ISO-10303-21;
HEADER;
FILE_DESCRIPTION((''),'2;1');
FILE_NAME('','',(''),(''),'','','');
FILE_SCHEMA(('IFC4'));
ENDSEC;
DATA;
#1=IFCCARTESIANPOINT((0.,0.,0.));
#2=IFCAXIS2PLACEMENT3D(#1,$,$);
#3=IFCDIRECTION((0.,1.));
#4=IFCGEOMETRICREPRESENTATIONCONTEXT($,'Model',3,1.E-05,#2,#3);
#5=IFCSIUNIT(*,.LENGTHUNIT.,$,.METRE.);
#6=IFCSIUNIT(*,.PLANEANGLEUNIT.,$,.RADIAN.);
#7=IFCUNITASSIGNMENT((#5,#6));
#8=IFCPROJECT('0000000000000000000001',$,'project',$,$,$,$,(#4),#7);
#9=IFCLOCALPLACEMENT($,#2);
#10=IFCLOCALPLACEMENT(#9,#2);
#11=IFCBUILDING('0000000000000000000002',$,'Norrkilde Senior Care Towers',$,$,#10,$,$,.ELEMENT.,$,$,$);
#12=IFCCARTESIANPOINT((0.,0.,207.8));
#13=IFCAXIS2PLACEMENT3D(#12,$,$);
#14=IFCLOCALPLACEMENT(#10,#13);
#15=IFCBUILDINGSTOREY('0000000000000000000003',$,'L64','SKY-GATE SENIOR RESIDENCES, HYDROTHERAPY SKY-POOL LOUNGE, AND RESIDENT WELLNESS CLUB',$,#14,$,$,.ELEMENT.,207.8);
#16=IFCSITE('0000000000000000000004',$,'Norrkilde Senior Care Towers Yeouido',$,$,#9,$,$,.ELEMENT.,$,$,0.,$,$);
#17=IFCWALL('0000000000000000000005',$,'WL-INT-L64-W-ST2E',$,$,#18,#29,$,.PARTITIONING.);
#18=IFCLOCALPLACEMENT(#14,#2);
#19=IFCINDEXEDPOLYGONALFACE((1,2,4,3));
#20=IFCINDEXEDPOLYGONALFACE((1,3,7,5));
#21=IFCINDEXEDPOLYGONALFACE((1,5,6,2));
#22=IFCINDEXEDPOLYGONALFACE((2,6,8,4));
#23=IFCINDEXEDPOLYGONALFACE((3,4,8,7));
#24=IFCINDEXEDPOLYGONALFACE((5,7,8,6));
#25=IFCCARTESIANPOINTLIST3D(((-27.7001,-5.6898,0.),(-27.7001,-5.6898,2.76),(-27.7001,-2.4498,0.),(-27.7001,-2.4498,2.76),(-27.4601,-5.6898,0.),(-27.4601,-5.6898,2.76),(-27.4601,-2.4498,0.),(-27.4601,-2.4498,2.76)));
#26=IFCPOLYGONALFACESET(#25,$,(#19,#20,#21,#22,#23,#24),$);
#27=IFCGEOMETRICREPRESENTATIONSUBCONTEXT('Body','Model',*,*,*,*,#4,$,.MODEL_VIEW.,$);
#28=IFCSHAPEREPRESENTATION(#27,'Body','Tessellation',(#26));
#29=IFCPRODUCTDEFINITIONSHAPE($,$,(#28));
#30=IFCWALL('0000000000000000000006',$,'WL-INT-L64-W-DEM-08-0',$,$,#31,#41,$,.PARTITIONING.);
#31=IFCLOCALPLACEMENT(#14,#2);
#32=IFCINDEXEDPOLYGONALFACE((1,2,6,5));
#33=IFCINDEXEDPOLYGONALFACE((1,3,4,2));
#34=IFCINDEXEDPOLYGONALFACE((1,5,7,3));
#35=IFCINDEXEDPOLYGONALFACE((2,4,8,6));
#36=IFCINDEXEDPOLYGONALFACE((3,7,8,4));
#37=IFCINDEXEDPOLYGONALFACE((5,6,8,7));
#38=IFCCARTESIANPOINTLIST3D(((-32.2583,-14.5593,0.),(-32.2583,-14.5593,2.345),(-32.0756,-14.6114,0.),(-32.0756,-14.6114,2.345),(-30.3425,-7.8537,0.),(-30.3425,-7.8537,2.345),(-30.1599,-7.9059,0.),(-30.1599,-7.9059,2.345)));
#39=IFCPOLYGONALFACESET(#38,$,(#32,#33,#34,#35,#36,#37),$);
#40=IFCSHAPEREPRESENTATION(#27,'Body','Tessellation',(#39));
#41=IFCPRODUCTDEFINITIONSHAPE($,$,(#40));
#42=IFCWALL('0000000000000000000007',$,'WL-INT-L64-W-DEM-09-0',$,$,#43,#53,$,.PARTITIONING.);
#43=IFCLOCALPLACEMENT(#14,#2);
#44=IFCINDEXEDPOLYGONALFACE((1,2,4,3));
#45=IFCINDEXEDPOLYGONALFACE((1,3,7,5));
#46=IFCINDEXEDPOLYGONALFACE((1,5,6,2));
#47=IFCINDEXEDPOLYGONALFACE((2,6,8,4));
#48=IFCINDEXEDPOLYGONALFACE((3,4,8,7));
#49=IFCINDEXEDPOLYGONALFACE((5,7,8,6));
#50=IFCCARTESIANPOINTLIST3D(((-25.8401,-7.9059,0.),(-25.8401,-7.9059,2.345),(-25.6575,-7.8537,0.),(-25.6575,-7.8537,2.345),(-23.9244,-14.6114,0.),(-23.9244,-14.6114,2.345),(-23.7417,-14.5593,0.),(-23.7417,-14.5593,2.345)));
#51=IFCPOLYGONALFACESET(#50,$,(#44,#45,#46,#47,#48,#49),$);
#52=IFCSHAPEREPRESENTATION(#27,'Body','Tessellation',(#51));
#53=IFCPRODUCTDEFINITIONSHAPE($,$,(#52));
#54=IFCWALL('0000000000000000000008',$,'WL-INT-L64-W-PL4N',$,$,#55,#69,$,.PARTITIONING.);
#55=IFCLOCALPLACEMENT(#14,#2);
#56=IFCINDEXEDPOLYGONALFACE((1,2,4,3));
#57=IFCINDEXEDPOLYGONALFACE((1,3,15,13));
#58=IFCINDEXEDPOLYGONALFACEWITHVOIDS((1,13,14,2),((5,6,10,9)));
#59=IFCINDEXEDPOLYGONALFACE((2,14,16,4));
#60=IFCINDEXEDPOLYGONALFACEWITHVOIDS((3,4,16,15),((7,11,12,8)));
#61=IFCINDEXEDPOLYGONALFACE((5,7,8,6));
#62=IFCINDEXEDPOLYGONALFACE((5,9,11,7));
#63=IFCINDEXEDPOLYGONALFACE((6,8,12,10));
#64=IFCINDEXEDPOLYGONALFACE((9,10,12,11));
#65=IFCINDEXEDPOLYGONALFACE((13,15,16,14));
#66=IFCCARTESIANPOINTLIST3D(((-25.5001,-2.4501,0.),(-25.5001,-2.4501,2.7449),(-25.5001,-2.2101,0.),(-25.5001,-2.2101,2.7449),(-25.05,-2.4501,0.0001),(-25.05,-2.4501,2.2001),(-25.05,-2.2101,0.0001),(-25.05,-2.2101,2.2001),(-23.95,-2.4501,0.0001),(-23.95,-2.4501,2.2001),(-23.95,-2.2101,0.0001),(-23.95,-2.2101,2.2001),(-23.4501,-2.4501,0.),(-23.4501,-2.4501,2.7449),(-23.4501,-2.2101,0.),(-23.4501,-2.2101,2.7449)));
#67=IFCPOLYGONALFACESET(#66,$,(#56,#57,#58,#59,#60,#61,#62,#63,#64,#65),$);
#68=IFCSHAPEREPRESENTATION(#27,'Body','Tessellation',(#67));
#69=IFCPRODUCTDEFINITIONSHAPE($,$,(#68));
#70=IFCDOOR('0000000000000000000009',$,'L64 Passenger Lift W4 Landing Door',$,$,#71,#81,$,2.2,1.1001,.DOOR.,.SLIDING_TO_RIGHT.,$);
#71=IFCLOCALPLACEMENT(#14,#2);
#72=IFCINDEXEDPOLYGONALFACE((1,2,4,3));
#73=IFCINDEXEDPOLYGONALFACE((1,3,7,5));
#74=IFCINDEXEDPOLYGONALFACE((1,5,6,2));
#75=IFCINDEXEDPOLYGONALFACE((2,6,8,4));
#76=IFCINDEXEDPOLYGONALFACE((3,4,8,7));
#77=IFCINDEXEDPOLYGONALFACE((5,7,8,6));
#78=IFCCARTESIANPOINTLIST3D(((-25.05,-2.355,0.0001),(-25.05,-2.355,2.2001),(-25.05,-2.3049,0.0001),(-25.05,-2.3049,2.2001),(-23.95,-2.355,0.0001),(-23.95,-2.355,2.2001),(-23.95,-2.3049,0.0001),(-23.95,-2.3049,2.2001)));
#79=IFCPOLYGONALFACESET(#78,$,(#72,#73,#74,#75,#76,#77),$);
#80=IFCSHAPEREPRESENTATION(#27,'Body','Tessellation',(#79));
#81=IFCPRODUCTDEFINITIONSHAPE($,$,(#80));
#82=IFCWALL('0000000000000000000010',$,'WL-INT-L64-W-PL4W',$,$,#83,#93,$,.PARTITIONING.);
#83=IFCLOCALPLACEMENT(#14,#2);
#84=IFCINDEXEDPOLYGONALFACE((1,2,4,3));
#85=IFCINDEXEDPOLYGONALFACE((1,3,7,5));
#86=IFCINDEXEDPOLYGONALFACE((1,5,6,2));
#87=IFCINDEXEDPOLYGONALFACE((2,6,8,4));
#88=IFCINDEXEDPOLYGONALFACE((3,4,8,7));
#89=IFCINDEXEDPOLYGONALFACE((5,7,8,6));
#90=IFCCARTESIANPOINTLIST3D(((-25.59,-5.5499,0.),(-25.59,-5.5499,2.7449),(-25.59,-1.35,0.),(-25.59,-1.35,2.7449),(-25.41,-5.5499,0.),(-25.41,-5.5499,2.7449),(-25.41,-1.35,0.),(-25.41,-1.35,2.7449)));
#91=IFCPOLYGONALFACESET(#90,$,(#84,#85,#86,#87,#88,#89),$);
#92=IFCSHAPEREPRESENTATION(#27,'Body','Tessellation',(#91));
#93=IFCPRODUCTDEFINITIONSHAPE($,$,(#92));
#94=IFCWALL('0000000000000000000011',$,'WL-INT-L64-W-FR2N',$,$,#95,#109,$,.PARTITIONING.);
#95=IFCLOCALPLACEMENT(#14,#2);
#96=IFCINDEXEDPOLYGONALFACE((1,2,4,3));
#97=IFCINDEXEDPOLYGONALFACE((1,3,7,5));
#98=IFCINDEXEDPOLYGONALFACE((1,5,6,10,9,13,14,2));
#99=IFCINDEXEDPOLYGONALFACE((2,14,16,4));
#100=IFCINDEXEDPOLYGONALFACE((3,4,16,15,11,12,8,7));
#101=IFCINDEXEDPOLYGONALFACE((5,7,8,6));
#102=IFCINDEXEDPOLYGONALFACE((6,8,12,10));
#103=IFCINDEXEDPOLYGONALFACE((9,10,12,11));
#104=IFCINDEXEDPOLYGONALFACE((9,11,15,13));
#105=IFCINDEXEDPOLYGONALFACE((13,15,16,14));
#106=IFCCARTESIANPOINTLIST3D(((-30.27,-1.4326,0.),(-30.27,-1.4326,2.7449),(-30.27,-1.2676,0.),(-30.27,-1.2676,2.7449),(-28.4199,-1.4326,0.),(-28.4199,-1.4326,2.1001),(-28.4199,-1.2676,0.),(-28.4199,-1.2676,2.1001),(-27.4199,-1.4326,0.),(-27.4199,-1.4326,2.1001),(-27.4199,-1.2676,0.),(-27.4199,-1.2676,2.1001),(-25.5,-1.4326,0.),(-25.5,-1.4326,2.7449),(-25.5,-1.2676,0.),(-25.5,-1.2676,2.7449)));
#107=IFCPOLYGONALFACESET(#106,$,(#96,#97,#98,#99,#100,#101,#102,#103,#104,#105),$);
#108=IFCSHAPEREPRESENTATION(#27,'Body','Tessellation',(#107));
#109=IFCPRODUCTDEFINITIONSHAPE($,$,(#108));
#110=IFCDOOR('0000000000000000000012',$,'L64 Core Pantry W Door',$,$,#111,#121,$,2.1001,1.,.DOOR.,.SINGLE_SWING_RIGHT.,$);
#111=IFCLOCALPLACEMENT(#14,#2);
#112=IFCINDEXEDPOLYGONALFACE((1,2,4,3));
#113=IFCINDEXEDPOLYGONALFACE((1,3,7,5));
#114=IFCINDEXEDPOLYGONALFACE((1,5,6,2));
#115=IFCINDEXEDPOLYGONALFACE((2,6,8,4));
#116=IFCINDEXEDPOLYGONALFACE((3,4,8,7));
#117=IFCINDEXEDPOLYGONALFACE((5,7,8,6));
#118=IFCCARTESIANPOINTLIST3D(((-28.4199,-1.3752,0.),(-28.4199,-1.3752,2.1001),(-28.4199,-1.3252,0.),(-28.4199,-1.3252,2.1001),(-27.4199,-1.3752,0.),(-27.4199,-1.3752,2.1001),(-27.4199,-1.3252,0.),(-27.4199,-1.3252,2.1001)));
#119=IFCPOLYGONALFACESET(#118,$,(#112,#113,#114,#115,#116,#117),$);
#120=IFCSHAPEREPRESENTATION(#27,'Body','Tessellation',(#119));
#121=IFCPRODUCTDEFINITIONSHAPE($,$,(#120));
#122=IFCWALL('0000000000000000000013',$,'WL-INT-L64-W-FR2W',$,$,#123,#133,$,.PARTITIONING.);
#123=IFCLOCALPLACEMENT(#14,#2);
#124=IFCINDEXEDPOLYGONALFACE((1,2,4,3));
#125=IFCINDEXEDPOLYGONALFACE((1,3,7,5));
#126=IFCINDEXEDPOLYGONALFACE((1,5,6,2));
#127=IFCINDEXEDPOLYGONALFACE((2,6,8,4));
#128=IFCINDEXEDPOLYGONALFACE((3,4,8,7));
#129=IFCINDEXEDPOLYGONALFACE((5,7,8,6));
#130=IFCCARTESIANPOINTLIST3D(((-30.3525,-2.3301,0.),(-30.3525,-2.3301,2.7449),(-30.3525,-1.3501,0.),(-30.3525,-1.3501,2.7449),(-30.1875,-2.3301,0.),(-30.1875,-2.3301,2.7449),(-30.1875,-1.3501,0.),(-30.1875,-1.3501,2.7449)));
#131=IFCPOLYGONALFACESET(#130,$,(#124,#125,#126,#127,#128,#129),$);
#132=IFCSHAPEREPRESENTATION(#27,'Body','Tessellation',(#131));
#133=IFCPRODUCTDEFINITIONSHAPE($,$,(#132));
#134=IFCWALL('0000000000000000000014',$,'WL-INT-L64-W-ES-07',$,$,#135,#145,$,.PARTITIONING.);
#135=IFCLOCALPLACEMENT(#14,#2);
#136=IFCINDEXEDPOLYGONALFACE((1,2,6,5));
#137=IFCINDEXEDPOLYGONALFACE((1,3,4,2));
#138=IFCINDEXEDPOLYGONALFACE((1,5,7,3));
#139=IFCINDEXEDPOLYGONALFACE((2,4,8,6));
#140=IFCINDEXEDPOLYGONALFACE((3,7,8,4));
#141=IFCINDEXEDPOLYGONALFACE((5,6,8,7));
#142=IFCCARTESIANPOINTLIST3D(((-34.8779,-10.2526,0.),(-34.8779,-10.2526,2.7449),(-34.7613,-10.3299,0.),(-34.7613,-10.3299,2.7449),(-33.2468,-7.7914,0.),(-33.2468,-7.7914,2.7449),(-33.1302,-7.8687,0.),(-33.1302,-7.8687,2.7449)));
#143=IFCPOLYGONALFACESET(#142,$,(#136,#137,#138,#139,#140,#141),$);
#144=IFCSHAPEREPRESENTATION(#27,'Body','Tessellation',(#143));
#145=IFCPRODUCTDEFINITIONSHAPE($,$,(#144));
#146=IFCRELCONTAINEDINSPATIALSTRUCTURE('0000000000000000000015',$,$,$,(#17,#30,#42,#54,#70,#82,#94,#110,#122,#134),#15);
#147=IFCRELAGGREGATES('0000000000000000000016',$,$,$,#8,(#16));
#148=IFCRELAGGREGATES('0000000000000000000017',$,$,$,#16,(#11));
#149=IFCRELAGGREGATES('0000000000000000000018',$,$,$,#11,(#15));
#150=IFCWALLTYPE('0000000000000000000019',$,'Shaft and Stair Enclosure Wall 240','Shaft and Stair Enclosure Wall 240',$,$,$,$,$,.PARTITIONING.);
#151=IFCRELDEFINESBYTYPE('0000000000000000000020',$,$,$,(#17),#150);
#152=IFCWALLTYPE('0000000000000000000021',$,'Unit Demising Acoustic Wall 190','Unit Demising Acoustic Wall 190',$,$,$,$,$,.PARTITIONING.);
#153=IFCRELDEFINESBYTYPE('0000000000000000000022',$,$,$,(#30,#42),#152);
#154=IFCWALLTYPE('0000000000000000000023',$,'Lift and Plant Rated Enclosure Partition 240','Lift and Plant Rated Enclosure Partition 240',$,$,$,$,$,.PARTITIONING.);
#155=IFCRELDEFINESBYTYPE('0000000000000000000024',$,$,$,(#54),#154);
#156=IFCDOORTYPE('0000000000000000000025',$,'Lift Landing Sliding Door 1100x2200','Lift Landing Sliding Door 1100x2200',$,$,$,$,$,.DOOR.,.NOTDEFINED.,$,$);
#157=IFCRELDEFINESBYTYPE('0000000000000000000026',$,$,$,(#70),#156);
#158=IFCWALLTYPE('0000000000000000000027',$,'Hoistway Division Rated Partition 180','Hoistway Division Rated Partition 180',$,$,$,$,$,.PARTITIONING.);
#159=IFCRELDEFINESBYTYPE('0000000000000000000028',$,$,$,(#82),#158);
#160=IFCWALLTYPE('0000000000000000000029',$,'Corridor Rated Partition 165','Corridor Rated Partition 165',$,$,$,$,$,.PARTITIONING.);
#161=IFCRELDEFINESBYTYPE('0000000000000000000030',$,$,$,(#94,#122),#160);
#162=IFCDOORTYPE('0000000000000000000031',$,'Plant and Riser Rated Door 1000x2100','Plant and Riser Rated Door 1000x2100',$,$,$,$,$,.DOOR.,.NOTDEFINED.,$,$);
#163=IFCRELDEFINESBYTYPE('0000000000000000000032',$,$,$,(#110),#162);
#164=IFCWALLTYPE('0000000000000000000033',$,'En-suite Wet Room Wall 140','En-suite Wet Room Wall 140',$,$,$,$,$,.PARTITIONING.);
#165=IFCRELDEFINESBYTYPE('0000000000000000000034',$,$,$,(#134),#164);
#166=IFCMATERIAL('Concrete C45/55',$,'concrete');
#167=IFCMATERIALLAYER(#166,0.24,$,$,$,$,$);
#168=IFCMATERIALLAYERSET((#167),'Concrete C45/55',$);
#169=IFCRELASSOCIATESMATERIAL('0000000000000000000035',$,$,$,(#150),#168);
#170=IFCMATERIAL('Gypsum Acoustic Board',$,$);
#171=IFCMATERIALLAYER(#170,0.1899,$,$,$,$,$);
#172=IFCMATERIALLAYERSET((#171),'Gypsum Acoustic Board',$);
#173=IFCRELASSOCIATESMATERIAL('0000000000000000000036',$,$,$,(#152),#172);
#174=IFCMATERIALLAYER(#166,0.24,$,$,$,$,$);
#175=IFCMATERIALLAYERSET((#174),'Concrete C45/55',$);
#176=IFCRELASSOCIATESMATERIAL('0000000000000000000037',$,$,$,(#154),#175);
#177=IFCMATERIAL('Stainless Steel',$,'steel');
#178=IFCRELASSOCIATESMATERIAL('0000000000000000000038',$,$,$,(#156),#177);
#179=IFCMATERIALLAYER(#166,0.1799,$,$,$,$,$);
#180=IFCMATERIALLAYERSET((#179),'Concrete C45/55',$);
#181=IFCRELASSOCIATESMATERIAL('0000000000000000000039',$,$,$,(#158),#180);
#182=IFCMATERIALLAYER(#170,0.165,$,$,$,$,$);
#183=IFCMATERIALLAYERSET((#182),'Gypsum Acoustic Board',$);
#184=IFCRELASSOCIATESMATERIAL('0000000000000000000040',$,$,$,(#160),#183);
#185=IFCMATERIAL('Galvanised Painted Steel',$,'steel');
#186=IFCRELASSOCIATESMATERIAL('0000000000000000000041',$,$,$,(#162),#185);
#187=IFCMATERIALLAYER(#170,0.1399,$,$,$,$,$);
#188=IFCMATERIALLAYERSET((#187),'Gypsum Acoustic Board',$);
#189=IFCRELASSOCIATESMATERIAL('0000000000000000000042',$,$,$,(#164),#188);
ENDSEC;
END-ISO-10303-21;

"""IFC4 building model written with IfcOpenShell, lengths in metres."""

from ifc_helpers import new_model, si_unit, direction, frame, frame_2d, origin, place, context, subcontext, project, spatial, rectangle, extrude, source, transform, mapped, material, layer, layer_set, type_object, type_shapes, element, fill, save


model = new_model("IFC4")

# Units and contexts
model_context = context("Model", 3, precision=1e-05, world=origin(), true_north=direction((0.0, 1.0)))
body_context = subcontext(model_context, "Body", "Model", "MODEL_VIEW")
ifc_project = project(units=[si_unit("LENGTHUNIT", "METRE"), si_unit("PLANEANGLEUNIT", "RADIAN")], contexts=[model_context])

# Site, building, storey
site_placement = place(None, origin())
site = spatial("IfcSite", under=ifc_project, at=site_placement, Name="Norrkilde Senior Care Towers Yeouido", CompositionType="ELEMENT", RefElevation=0.0)
building_placement = place(site_placement, origin())
building = spatial("IfcBuilding", under=site, at=building_placement, Name="Norrkilde Senior Care Towers", CompositionType="ELEMENT")
storey_placement = place(building_placement, frame((0.0, 0.0, 207.8)))
storey = spatial("IfcBuildingStorey", under=building, at=storey_placement, Name="L64", Description="SKY-GATE SENIOR RESIDENCES, HYDROTHERAPY SKY-POOL LOUNGE, AND RESIDENT WELLNESS CLUB", CompositionType="ELEMENT", Elevation=207.8)

# Walls
ifc_material_1 = material(Name="Concrete C45/55", Category="concrete")
ifc_layer_1 = layer(ifc_material_1, 0.24)
ifc_layer_set_1 = layer_set([ifc_layer_1], Name="Concrete C45/55")
wall_type_1 = type_object("IfcWallType", Name="Shaft and Stair Enclosure Wall 240", Description="Shaft and Stair Enclosure Wall 240", PredefinedType="PARTITIONING", material=ifc_layer_set_1)
shared_shape_1 = source(origin(), body_context, "Body", "SweptSolid", [
    extrude(rectangle(XDim=3.24, YDim=0.24, at=frame_2d((1.6201, 0.0))), origin(), (0.0, 0.0, 1.0), 2.76),
])
type_shapes(wall_type_1, [shared_shape_1])
for number, where, z_axis, x_axis, name in (
    (1, (-27.5801, -5.6899, 0.0), (0.0, 0.0, 1.0), (0.0, 1.0, 0.0), "WL-INT-L64-W-ST2E"),
):
    element("IfcWall", number, at=place(storey_placement, frame(where, z_axis=z_axis, x_axis=x_axis)), inside=storey, type_object=wall_type_1, Name=name, PredefinedType="PARTITIONING", context=body_context, shape_type="MappedRepresentation", body=[
        mapped(shared_shape_1, transform((0.0, 0.0, 0.0), x_axis=(1.0, 0.0, 0.0), y_axis=(0.0, 1.0, 0.0), z_axis=(0.0, 0.0, 1.0), scale=1.0)),
    ])
ifc_material_2 = material(Name="Gypsum Acoustic Board")
ifc_layer_2 = layer(ifc_material_2, 0.1899)
ifc_layer_set_2 = layer_set([ifc_layer_2], Name="Gypsum Acoustic Board")
wall_type_2 = type_object("IfcWallType", Name="Unit Demising Acoustic Wall 190", Description="Unit Demising Acoustic Wall 190", PredefinedType="PARTITIONING", material=ifc_layer_set_2)
shared_shape_2 = source(origin(), body_context, "Body", "SweptSolid", [
    extrude(rectangle(XDim=6.9739, YDim=0.1899, at=frame_2d((3.4868, 0.0))), origin(), (0.0, 0.0, 1.0), 2.345),
])
type_shapes(wall_type_2, [shared_shape_2])
for number, where, z_axis, x_axis, name in (
    (2, (-30.2512, -7.8799, 0.0), (0.0, 0.0, 1.0), (-0.274707, -0.961528, 0.0), "WL-INT-L64-W-DEM-08-0"),
    (3, (-25.7488, -7.8799, 0.0), (0.0, 0.0, 1.0), (0.274707, -0.961528, 0.0), "WL-INT-L64-W-DEM-09-0"),
):
    element("IfcWall", number, at=place(storey_placement, frame(where, z_axis=z_axis, x_axis=x_axis)), inside=storey, type_object=wall_type_2, Name=name, PredefinedType="PARTITIONING", context=body_context, shape_type="MappedRepresentation", body=[
        mapped(shared_shape_2, transform((0.0, 0.0, 0.0), x_axis=(1.0, 0.0, 0.0), y_axis=(0.0, 1.0, 0.0), z_axis=(0.0, 0.0, 1.0), scale=1.0)),
    ])

# Wall, opening, door
ifc_layer_3 = layer(ifc_material_1, 0.24)
ifc_layer_set_3 = layer_set([ifc_layer_3], Name="Concrete C45/55")
wall_type_3 = type_object("IfcWallType", Name="Lift and Plant Rated Enclosure Partition 240", Description="Lift and Plant Rated Enclosure Partition 240", PredefinedType="PARTITIONING", material=ifc_layer_set_3)
shared_shape_3 = source(origin(), body_context, "Body", "SweptSolid", [
    extrude(rectangle(XDim=2.05, YDim=0.24, at=frame_2d((1.0249, 0.0))), origin(), (0.0, 0.0, 1.0), 2.7449),
])
type_shapes(wall_type_3, [shared_shape_3])
wall_1_placement = place(storey_placement, frame((-25.5, -2.3301, 0.0), z_axis=(0.0, 0.0, 1.0), x_axis=(1.0, 0.0, 0.0)))
wall_1 = element("IfcWall", 4, at=wall_1_placement, inside=storey, type_object=wall_type_3, Name="WL-INT-L64-W-PL4N", PredefinedType="PARTITIONING", context=body_context, shape_type="MappedRepresentation", body=[
    mapped(shared_shape_3, transform((0.0, 0.0, 0.0), x_axis=(1.0, 0.0, 0.0), y_axis=(0.0, 1.0, 0.0), z_axis=(0.0, 0.0, 1.0), scale=1.0)),
])
opening_1_placement = place(wall_1_placement, frame((0.45, 0.0, 0.0)))
opening_1 = element("IfcOpeningElement", 5, at=opening_1_placement, cuts=wall_1, PredefinedType="OPENING", context=body_context, shape_type="SweptSolid", body=[
    extrude(rectangle(XDim=1.1001, YDim=2.2, at=frame_2d((0.55, 1.1001))), frame((0.0, 0.1299, 0.0), z_axis=(0.0, -1.0, 0.0), x_axis=(1.0, 0.0, 0.0)), (0.0, 0.0, 1.0), 0.26),
])
ifc_material_3 = material(Name="Stainless Steel", Category="steel")
door_type_1 = type_object("IfcDoorType", Name="Lift Landing Sliding Door 1100x2200", Description="Lift Landing Sliding Door 1100x2200", OperationType="NOTDEFINED", PredefinedType="DOOR", material=ifc_material_3)
shared_shape_4 = source(origin(), body_context, "Body", "SweptSolid", [
    extrude(rectangle(XDim=1.1001, YDim=2.2, at=frame_2d((0.55, 1.1001))), frame((0.0, 0.0249, 0.0), z_axis=(0.0, -1.0, 0.0), x_axis=(1.0, 0.0, 0.0)), (0.0, 0.0, 1.0), 0.05),
])
type_shapes(door_type_1, [shared_shape_4])
door_1_placement = place(opening_1_placement, frame((1.1001, 0.0, 0.0), z_axis=(0.0, 0.0, 1.0), x_axis=(-1.0, 0.0, 0.0)))
door_1 = element("IfcDoor", 6, at=door_1_placement, inside=storey, type_object=door_type_1, Name="L64 Passenger Lift W4 Landing Door", OperationType="SLIDING_TO_RIGHT", OverallHeight=2.2, OverallWidth=1.1001, PredefinedType="DOOR", context=body_context, shape_type="MappedRepresentation", body=[
    mapped(shared_shape_4, transform((0.0, 0.0, 0.0), x_axis=(1.0, 0.0, 0.0), y_axis=(0.0, 1.0, 0.0), z_axis=(0.0, 0.0, 1.0), scale=1.0)),
])
fill(opening_1, door_1)

# Wall
ifc_layer_4 = layer(ifc_material_1, 0.1799)
ifc_layer_set_4 = layer_set([ifc_layer_4], Name="Concrete C45/55")
wall_type_4 = type_object("IfcWallType", Name="Hoistway Division Rated Partition 180", Description="Hoistway Division Rated Partition 180", PredefinedType="PARTITIONING", material=ifc_layer_set_4)
shared_shape_5 = source(origin(), body_context, "Body", "SweptSolid", [
    extrude(rectangle(XDim=4.2, YDim=0.1799, at=frame_2d((2.1001, 0.0))), origin(), (0.0, 0.0, 1.0), 2.7449),
])
type_shapes(wall_type_4, [shared_shape_5])
wall_2_placement = place(storey_placement, frame((-25.5, -5.55, 0.0), z_axis=(0.0, 0.0, 1.0), x_axis=(0.0, 1.0, 0.0)))
element("IfcWall", 7, at=wall_2_placement, inside=storey, type_object=wall_type_4, Name="WL-INT-L64-W-PL4W", PredefinedType="PARTITIONING", context=body_context, shape_type="MappedRepresentation", body=[
    mapped(shared_shape_5, transform((0.0, 0.0, 0.0), x_axis=(1.0, 0.0, 0.0), y_axis=(0.0, 1.0, 0.0), z_axis=(0.0, 0.0, 1.0), scale=1.0)),
])

# Wall, opening, door
ifc_layer_5 = layer(ifc_material_2, 0.165)
ifc_layer_set_5 = layer_set([ifc_layer_5], Name="Gypsum Acoustic Board")
wall_type_5 = type_object("IfcWallType", Name="Corridor Rated Partition 165", Description="Corridor Rated Partition 165", PredefinedType="PARTITIONING", material=ifc_layer_set_5)
shared_shape_6 = source(origin(), body_context, "Body", "SweptSolid", [
    extrude(rectangle(XDim=4.77, YDim=0.165, at=frame_2d((2.385, 0.0))), origin(), (0.0, 0.0, 1.0), 2.7449),
])
wall_3_placement = place(storey_placement, frame((-30.27, -1.3501, 0.0), z_axis=(0.0, 0.0, 1.0), x_axis=(1.0, 0.0, 0.0)))
wall_3 = element("IfcWall", 8, at=wall_3_placement, inside=storey, type_object=wall_type_5, Name="WL-INT-L64-W-FR2N", PredefinedType="PARTITIONING", context=body_context, shape_type="MappedRepresentation", body=[
    mapped(shared_shape_6, transform((0.0, 0.0, 0.0), x_axis=(1.0, 0.0, 0.0), y_axis=(0.0, 1.0, 0.0), z_axis=(0.0, 0.0, 1.0), scale=1.0)),
])
opening_2_placement = place(wall_3_placement, frame((1.8501, 0.0, 0.0)))
opening_2 = element("IfcOpeningElement", 9, at=opening_2_placement, cuts=wall_3, PredefinedType="OPENING", context=body_context, shape_type="SweptSolid", body=[
    extrude(rectangle(XDim=1.0, YDim=2.1001, at=frame_2d((0.5, 1.05))), frame((0.0, 0.0925, 0.0), z_axis=(0.0, -1.0, 0.0), x_axis=(1.0, 0.0, 0.0)), (0.0, 0.0, 1.0), 0.1851),
])
ifc_material_4 = material(Name="Galvanised Painted Steel", Category="steel")
door_type_2 = type_object("IfcDoorType", Name="Plant and Riser Rated Door 1000x2100", Description="Plant and Riser Rated Door 1000x2100", OperationType="NOTDEFINED", PredefinedType="DOOR", material=ifc_material_4)
shared_shape_7 = source(origin(), body_context, "Body", "SweptSolid", [
    extrude(rectangle(XDim=1.0, YDim=2.1001, at=frame_2d((0.5, 1.05))), frame((0.0, 0.0249, 0.0), z_axis=(0.0, -1.0, 0.0), x_axis=(1.0, 0.0, 0.0)), (0.0, 0.0, 1.0), 0.05),
])
type_shapes(door_type_2, [shared_shape_7])
door_2_placement = place(opening_2_placement, origin())
door_2 = element("IfcDoor", 10, at=door_2_placement, inside=storey, type_object=door_type_2, Name="L64 Core Pantry W Door", OperationType="SINGLE_SWING_RIGHT", OverallHeight=2.1001, OverallWidth=1.0, PredefinedType="DOOR", context=body_context, shape_type="MappedRepresentation", body=[
    mapped(shared_shape_7, transform((0.0, 0.0, 0.0), x_axis=(1.0, 0.0, 0.0), y_axis=(0.0, 1.0, 0.0), z_axis=(0.0, 0.0, 1.0), scale=1.0)),
])
fill(opening_2, door_2)

# Walls
shared_shape_8 = source(origin(), body_context, "Body", "SweptSolid", [
    extrude(rectangle(XDim=0.98, YDim=0.165, at=frame_2d((0.49, 0.0))), origin(), (0.0, 0.0, 1.0), 2.7449),
])
type_shapes(wall_type_5, [shared_shape_6, shared_shape_8])
wall_4_placement = place(storey_placement, frame((-30.27, -2.3301, 0.0), z_axis=(0.0, 0.0, 1.0), x_axis=(0.0, 1.0, 0.0)))
element("IfcWall", 11, at=wall_4_placement, inside=storey, type_object=wall_type_5, Name="WL-INT-L64-W-FR2W", PredefinedType="PARTITIONING", context=body_context, shape_type="MappedRepresentation", body=[
    mapped(shared_shape_8, transform((0.0, 0.0, 0.0), x_axis=(1.0, 0.0, 0.0), y_axis=(0.0, 1.0, 0.0), z_axis=(0.0, 0.0, 1.0), scale=1.0)),
])
ifc_layer_6 = layer(ifc_material_2, 0.1399)
ifc_layer_set_6 = layer_set([ifc_layer_6], Name="Gypsum Acoustic Board")
wall_type_6 = type_object("IfcWallType", Name="En-suite Wet Room Wall 140", Description="En-suite Wet Room Wall 140", PredefinedType="PARTITIONING", material=ifc_layer_set_6)
shared_shape_9 = source(origin(), body_context, "Body", "SweptSolid", [
    extrude(rectangle(XDim=2.9526, YDim=0.1399, at=frame_2d((1.4763, 0.0))), origin(), (0.0, 0.0, 1.0), 2.7449),
])
wall_5_placement = place(storey_placement, frame((-33.1885, -7.8301, 0.0), z_axis=(0.0, 0.0, 1.0), x_axis=(-0.552427, -0.833561, 0.0)))
element("IfcWall", 12, at=wall_5_placement, inside=storey, type_object=wall_type_6, Name="WL-INT-L64-W-ES-07", PredefinedType="PARTITIONING", context=body_context, shape_type="MappedRepresentation", body=[
    mapped(shared_shape_9, transform((0.0, 0.0, 0.0), x_axis=(1.0, 0.0, 0.0), y_axis=(0.0, 1.0, 0.0), z_axis=(0.0, 0.0, 1.0), scale=1.0)),
])

save(model, "model.ifc")
